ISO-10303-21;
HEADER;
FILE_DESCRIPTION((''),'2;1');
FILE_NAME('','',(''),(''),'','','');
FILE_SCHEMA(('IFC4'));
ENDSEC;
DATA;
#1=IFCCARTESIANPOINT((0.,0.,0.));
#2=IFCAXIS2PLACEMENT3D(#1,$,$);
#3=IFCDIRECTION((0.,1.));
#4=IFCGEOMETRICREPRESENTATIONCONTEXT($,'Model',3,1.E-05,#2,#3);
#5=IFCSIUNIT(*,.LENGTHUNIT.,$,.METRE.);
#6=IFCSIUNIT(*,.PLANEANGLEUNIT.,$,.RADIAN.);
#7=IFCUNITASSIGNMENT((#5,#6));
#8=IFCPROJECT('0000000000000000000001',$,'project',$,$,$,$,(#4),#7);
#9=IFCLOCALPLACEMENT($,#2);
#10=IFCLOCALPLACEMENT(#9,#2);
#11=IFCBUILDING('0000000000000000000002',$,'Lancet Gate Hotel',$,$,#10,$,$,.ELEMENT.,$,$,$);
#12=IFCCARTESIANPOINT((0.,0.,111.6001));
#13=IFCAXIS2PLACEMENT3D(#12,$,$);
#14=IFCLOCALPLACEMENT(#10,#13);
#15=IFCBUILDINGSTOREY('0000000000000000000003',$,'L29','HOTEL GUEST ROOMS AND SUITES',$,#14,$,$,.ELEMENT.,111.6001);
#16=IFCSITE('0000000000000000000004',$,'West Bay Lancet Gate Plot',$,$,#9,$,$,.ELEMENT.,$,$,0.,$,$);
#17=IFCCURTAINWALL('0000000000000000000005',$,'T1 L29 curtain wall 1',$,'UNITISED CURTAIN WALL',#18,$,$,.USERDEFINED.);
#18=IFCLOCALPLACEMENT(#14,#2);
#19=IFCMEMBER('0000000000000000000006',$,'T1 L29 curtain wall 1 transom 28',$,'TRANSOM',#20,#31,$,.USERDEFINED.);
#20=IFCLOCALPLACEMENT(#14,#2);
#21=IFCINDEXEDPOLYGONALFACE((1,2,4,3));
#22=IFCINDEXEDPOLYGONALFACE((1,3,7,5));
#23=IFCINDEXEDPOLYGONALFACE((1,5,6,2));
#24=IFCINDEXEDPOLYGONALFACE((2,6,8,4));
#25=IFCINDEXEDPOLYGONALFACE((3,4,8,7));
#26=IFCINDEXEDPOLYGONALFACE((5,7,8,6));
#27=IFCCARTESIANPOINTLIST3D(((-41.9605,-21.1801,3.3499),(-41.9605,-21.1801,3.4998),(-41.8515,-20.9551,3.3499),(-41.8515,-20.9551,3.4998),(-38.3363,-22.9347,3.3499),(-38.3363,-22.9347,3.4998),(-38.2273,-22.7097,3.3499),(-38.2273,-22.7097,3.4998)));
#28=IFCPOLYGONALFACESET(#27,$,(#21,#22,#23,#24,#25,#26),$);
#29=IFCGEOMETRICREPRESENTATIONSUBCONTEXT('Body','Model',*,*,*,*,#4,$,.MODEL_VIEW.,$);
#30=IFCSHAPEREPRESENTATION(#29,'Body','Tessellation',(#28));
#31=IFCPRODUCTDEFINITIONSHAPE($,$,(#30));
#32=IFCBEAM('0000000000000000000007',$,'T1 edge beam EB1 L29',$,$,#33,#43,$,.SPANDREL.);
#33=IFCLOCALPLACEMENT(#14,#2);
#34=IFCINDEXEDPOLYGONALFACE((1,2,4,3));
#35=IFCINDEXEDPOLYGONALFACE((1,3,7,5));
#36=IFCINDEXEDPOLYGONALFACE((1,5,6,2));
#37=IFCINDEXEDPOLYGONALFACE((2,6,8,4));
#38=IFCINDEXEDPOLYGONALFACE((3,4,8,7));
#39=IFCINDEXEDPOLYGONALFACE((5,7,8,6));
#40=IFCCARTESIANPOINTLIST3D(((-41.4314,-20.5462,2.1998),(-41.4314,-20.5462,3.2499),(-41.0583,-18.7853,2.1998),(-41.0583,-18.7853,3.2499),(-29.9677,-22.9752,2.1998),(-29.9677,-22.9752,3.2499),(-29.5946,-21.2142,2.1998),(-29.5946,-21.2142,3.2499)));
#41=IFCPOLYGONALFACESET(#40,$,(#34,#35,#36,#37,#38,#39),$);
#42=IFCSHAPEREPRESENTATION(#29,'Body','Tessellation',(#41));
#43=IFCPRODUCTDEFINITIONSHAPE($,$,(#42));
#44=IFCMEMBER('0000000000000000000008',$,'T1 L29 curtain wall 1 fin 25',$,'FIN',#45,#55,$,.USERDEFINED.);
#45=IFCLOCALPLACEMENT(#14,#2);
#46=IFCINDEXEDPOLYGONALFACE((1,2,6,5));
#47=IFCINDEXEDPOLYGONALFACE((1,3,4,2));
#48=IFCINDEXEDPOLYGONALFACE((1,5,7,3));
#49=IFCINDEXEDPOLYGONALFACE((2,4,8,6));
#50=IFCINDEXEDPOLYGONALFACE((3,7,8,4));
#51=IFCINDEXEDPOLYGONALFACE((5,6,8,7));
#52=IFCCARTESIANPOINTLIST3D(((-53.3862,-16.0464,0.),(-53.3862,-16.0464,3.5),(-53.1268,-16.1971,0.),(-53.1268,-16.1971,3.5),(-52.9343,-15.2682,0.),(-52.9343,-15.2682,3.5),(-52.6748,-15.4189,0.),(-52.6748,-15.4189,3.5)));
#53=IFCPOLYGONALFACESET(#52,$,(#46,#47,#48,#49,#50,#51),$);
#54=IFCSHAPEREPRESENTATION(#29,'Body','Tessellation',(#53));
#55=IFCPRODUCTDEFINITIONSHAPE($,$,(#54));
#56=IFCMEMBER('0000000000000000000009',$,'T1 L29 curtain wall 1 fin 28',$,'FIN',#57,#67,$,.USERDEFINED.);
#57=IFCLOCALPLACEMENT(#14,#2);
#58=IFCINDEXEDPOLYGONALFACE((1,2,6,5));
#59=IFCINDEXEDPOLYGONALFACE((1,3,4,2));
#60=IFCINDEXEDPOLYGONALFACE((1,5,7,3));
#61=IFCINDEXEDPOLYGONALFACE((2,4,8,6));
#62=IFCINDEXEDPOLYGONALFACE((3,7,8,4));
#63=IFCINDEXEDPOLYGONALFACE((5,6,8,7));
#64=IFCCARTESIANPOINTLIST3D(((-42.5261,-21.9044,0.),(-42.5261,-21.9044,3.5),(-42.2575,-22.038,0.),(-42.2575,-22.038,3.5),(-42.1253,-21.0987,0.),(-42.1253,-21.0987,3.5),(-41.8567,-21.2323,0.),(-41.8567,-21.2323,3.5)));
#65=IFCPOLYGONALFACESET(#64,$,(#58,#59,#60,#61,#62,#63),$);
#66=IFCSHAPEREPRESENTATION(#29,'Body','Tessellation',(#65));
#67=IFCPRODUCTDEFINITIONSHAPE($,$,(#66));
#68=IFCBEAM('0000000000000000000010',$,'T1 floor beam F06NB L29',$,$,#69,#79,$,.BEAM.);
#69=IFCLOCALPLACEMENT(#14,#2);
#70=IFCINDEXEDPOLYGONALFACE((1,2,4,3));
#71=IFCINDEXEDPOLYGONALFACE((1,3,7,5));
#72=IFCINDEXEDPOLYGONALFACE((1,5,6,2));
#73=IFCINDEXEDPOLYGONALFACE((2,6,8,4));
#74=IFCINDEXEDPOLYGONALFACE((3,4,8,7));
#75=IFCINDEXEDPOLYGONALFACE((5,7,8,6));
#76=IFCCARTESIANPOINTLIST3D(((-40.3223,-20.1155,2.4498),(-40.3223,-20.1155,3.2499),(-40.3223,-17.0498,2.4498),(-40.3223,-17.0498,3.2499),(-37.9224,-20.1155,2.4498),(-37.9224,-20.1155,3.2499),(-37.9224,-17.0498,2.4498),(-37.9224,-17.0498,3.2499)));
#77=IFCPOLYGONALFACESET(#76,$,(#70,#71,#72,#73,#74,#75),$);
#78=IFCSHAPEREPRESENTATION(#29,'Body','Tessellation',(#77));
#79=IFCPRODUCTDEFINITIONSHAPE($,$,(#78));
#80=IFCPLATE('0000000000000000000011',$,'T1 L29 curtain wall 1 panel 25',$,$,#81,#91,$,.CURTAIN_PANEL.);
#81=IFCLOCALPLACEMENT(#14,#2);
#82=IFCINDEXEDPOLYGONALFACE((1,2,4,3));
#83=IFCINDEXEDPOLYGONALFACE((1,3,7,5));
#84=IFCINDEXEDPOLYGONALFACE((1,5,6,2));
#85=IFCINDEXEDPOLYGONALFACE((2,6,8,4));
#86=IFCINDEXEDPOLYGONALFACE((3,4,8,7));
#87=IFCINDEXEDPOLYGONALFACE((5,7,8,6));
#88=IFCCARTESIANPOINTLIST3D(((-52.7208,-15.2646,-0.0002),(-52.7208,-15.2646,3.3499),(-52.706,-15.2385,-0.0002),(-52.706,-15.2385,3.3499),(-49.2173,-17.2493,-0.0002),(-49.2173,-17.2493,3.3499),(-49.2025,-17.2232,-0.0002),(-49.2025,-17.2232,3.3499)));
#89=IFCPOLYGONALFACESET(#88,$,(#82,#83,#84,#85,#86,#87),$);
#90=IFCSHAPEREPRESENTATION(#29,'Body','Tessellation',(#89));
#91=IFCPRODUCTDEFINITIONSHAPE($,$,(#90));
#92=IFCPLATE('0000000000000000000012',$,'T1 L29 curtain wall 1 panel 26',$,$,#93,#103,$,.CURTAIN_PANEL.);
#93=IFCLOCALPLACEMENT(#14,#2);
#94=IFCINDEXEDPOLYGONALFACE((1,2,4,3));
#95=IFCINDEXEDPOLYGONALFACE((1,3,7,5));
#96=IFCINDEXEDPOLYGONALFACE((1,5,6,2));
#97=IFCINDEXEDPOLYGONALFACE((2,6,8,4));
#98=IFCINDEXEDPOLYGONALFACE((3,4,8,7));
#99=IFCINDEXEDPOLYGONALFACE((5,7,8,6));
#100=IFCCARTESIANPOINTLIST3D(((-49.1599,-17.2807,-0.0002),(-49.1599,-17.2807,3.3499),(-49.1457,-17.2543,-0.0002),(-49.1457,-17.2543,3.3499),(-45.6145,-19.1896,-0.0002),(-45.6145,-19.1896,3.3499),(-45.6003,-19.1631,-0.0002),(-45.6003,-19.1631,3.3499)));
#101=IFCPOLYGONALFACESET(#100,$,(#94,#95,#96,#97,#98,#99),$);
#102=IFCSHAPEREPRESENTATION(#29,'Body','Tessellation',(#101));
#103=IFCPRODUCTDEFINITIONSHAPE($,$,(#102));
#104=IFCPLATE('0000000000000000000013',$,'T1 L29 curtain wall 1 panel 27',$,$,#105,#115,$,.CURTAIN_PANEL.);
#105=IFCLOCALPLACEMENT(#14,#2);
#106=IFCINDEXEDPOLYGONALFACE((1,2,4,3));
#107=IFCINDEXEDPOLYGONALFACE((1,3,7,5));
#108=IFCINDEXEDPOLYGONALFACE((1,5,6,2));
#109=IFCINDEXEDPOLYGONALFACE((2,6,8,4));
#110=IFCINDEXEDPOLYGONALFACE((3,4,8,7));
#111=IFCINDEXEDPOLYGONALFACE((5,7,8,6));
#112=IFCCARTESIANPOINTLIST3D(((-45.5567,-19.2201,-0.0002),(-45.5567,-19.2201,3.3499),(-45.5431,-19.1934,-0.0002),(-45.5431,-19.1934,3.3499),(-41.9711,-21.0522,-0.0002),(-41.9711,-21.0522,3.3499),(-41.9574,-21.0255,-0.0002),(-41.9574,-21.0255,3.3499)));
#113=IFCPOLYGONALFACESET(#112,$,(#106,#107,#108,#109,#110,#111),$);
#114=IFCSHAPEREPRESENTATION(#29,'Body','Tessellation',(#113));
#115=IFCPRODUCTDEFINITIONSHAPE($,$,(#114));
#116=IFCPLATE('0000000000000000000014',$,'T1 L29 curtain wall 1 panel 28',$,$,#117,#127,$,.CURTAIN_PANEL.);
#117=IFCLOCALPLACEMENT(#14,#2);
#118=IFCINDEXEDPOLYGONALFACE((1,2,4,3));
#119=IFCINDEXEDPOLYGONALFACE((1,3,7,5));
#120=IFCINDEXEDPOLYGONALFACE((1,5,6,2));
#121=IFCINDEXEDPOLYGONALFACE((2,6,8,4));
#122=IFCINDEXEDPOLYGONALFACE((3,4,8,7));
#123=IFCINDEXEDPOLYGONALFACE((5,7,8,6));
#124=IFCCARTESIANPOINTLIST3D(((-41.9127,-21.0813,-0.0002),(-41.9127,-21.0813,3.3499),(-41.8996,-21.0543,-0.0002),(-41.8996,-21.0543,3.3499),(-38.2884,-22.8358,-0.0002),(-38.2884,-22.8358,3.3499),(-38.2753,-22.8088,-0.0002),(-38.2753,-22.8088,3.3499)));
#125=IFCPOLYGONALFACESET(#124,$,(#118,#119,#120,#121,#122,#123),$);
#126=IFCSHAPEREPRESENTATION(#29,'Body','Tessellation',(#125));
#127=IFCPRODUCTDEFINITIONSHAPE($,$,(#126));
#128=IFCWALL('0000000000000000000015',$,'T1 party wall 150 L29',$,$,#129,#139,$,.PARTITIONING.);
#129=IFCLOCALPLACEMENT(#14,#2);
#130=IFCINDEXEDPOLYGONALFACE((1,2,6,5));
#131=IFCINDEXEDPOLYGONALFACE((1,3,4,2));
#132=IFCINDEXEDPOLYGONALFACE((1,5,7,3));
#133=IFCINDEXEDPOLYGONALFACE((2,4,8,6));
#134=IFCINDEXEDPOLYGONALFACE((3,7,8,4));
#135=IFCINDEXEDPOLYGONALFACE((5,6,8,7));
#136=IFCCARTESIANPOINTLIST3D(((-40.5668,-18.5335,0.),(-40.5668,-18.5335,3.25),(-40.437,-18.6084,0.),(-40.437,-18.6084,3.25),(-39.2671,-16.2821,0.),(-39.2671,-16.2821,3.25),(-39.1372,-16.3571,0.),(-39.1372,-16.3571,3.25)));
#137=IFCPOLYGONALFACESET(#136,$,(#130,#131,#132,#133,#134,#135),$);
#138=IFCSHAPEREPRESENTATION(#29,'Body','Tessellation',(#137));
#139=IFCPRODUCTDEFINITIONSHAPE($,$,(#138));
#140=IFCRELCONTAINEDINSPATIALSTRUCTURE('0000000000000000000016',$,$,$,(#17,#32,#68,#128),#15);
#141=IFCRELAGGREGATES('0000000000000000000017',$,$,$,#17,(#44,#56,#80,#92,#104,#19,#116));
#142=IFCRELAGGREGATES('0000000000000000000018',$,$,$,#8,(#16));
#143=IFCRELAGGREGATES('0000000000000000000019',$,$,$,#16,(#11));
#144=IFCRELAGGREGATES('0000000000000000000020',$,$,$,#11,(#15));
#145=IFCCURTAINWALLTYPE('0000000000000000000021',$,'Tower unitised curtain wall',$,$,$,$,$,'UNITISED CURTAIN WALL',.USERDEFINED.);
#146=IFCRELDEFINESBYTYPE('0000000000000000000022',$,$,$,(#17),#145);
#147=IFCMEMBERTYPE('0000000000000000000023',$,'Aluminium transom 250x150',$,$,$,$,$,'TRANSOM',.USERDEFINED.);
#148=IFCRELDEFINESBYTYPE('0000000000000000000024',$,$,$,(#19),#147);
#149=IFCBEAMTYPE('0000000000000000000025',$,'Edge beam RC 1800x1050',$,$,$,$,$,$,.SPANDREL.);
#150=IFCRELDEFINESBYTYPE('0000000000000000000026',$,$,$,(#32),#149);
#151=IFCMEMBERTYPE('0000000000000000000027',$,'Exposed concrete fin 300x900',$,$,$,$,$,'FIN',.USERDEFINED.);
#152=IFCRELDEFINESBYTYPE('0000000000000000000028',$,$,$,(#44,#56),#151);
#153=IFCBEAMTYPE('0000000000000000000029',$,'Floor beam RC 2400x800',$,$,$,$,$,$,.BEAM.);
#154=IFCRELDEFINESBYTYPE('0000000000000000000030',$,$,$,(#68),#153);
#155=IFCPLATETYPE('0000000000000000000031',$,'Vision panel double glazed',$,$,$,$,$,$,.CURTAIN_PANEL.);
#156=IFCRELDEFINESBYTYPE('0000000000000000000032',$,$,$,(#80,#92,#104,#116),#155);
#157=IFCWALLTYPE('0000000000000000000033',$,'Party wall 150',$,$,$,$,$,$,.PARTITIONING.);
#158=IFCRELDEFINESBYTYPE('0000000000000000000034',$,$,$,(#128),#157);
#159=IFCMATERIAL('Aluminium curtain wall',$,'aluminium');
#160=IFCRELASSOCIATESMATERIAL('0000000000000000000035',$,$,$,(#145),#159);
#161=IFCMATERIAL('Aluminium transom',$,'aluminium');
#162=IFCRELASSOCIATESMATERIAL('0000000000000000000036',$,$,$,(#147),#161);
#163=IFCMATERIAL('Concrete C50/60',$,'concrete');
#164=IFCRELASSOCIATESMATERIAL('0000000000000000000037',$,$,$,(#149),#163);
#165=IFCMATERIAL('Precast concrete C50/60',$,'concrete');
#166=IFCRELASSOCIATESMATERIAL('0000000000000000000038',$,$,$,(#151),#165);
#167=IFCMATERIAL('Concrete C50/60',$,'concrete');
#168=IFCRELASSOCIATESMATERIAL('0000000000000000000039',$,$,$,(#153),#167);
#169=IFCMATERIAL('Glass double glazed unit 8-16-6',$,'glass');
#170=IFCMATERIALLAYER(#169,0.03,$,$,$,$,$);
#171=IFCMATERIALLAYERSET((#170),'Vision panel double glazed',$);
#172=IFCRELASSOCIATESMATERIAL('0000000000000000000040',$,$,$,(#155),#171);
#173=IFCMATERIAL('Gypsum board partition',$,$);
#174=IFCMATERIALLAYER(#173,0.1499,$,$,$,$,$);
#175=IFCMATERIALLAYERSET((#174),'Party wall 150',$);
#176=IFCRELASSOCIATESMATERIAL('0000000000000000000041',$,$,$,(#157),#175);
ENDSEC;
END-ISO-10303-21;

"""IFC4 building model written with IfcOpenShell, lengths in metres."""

from ifc_helpers import new_model, si_unit, direction, frame, frame_2d, origin, origin_2d, place, context, subcontext, project, spatial, rectangle, extrude, material, layer, layer_set, material_profile, profile_set, type_object, element, aggregate, save


model = new_model("IFC4")

# Units and contexts
model_context = context("Model", 3, precision=1e-05, world=origin(), true_north=direction((0.0, 1.0)))
body_context = subcontext(model_context, "Body", "Model", "MODEL_VIEW")
ifc_project = project(units=[si_unit("LENGTHUNIT", "METRE"), si_unit("PLANEANGLEUNIT", "RADIAN")], contexts=[model_context])

# Site, building, storey
site_placement = place(None, origin())
site = spatial("IfcSite", under=ifc_project, at=site_placement, Name="West Bay Lancet Gate Plot", CompositionType="ELEMENT", RefElevation=0.0)
building_placement = place(site_placement, origin())
building = spatial("IfcBuilding", under=site, at=building_placement, Name="Lancet Gate Hotel", CompositionType="ELEMENT")
storey_placement = place(building_placement, frame((0.0, 0.0, 111.6001)))
storey = spatial("IfcBuildingStorey", under=building, at=storey_placement, Name="L29", Description="HOTEL GUEST ROOMS AND SUITES", CompositionType="ELEMENT", Elevation=111.6001)

# Curtain wall, member
ifc_material_1 = material(Name="Aluminium curtain wall", Category="aluminium")
curtain_wall_type = type_object("IfcCurtainWallType", Name="Tower unitised curtain wall", ElementType="UNITISED CURTAIN WALL", PredefinedType="USERDEFINED", material=ifc_material_1)
curtain_wall_placement = place(storey_placement, origin())
curtain_wall = element("IfcCurtainWall", 1, at=curtain_wall_placement, inside=storey, type_object=curtain_wall_type, Name="T1 L29 curtain wall 1", ObjectType="UNITISED CURTAIN WALL", PredefinedType="USERDEFINED")
ifc_material_2 = material(Name="Aluminium transom", Category="aluminium")
ifc_material_profile_1 = material_profile(ifc_material_2, rectangle(XDim=0.25, YDim=0.1499, at=origin_2d()), Name="TRANSOM 250x150")
ifc_profile_set_1 = profile_set([ifc_material_profile_1], Name="Aluminium transom")
member_type_1 = type_object("IfcMemberType", Name="Aluminium transom 250x150", ElementType="TRANSOM", PredefinedType="USERDEFINED", material=ifc_profile_set_1)
member_1_placement = place(storey_placement, frame((-41.906, -21.0676, 3.4248), z_axis=(0.900066, -0.435754, 0.0), x_axis=(0.435754, 0.900066, 0.0)))
member_1 = element("IfcMember", 2, at=member_1_placement, type_object=member_type_1, Name="T1 L29 curtain wall 1 transom 28", ObjectType="TRANSOM", PredefinedType="USERDEFINED", context=body_context, shape_type="SweptSolid", body=[
    extrude(rectangle(XDim=0.25, YDim=0.1499, at=origin_2d()), origin(), (0.0, 0.0, 1.0), 4.0266),
])

# Beam
ifc_material_3 = material(Name="Concrete C50/60", Category="concrete")
ifc_material_profile_2 = material_profile(ifc_material_3, rectangle(XDim=1.8, YDim=1.05, at=origin_2d()), Name="RC 1800x1050")
ifc_profile_set_2 = profile_set([ifc_material_profile_2], Name="Concrete C50/60")
beam_type_1 = type_object("IfcBeamType", Name="Edge beam RC 1800x1050", PredefinedType="SPANDREL", material=ifc_profile_set_2)
beam_1_placement = place(storey_placement, frame((-41.2449, -19.6658, 2.7249), z_axis=(0.978282, -0.207278, 0.0), x_axis=(0.207278, 0.978282, 0.0)))
element("IfcBeam", 3, at=beam_1_placement, inside=storey, type_object=beam_type_1, Name="T1 edge beam EB1 L29", PredefinedType="SPANDREL", context=body_context, shape_type="SweptSolid", body=[
    extrude(rectangle(XDim=1.8, YDim=1.05, at=origin_2d()), origin(), (0.0, 0.0, 1.0), 11.7183),
])

# Members
ifc_material_4 = material(Name="Precast concrete C50/60", Category="concrete")
ifc_material_profile_3 = material_profile(ifc_material_4, rectangle(XDim=0.3, YDim=0.8999, at=origin_2d()), Name="FIN 300x900")
ifc_profile_set_3 = profile_set([ifc_material_profile_3], Name="Precast concrete C50/60")
member_type_2 = type_object("IfcMemberType", Name="Exposed concrete fin 300x900", ElementType="FIN", PredefinedType="USERDEFINED", material=ifc_profile_set_3)
member_2_placement = place(storey_placement, frame((-53.0305, -15.7327, 0.0), z_axis=(0.0, 0.0, 1.0), x_axis=(0.864728, -0.502241, 0.0)))
member_2 = element("IfcMember", 4, at=member_2_placement, type_object=member_type_2, Name="T1 L29 curtain wall 1 fin 25", ObjectType="FIN", PredefinedType="USERDEFINED", context=body_context, shape_type="SweptSolid", body=[
    extrude(rectangle(XDim=0.3, YDim=0.8999, at=origin_2d()), origin(), (0.0, 0.0, 1.0), 3.5),
])
member_3_placement = place(storey_placement, frame((-42.1914, -21.5684, 0.0), z_axis=(0.0, 0.0, 1.0), x_axis=(0.895339, -0.445384, 0.0)))
member_3 = element("IfcMember", 5, at=member_3_placement, type_object=member_type_2, Name="T1 L29 curtain wall 1 fin 28", ObjectType="FIN", PredefinedType="USERDEFINED", context=body_context, shape_type="SweptSolid", body=[
    extrude(rectangle(XDim=0.3, YDim=0.8999, at=origin_2d()), origin(), (0.0, 0.0, 1.0), 3.5),
])

# Beam
ifc_material_5 = material(Name="Concrete C50/60", Category="concrete")
ifc_material_profile_4 = material_profile(ifc_material_5, rectangle(XDim=2.3999, YDim=0.8, at=origin_2d()), Name="RC 2400x800")
ifc_profile_set_4 = profile_set([ifc_material_profile_4], Name="Concrete C50/60")
beam_type_2 = type_object("IfcBeamType", Name="Floor beam RC 2400x800", PredefinedType="BEAM", material=ifc_profile_set_4)
beam_2_placement = place(storey_placement, frame((-39.1223, -17.0498, 2.8499), z_axis=(0.0, -1.0, 0.0), x_axis=(1.0, 0.0, 0.0)))
element("IfcBeam", 6, at=beam_2_placement, inside=storey, type_object=beam_type_2, Name="T1 floor beam F06NB L29", PredefinedType="BEAM", context=body_context, shape_type="SweptSolid", body=[
    extrude(rectangle(XDim=2.3999, YDim=0.8, at=origin_2d()), origin(), (0.0, 0.0, 1.0), 3.0657),
])

# Plates
ifc_material_6 = material(Name="Glass double glazed unit 8-16-6", Category="glass")
ifc_layer_1 = layer(ifc_material_6, 0.03)
ifc_layer_set_1 = layer_set([ifc_layer_1], Name="Vision panel double glazed")
plate_type = type_object("IfcPlateType", Name="Vision panel double glazed", PredefinedType="CURTAIN_PANEL", material=ifc_layer_set_1)
plate_1_placement = place(storey_placement, frame((-50.9617, -16.2439, -0.0002), z_axis=(0.0, 0.0, 1.0), x_axis=(0.870084, -0.492904, 0.0)))
plate_1 = element("IfcPlate", 7, at=plate_1_placement, type_object=plate_type, Name="T1 L29 curtain wall 1 panel 25", PredefinedType="CURTAIN_PANEL", context=body_context, shape_type="SweptSolid", body=[
    extrude(rectangle(XDim=4.0266, YDim=0.03, at=origin_2d()), origin(), (0.0, 0.0, 1.0), 3.3501),
])
plate_2_placement = place(storey_placement, frame((-47.3801, -18.2219, -0.0002), z_axis=(0.0, 0.0, 1.0), x_axis=(0.880493, -0.47406, 0.0)))
plate_2 = element("IfcPlate", 8, at=plate_2_placement, type_object=plate_type, Name="T1 L29 curtain wall 1 panel 26", PredefinedType="CURTAIN_PANEL", context=body_context, shape_type="SweptSolid", body=[
    extrude(rectangle(XDim=4.0266, YDim=0.03, at=origin_2d()), origin(), (0.0, 0.0, 1.0), 3.3501),
])
plate_3_placement = place(storey_placement, frame((-43.7571, -20.1228, -0.0002), z_axis=(0.0, 0.0, 1.0), x_axis=(0.890493, -0.454996, 0.0)))
plate_3 = element("IfcPlate", 9, at=plate_3_placement, type_object=plate_type, Name="T1 L29 curtain wall 1 panel 27", PredefinedType="CURTAIN_PANEL", context=body_context, shape_type="SweptSolid", body=[
    extrude(rectangle(XDim=4.0266, YDim=0.03, at=origin_2d()), origin(), (0.0, 0.0, 1.0), 3.3501),
])
plate_4_placement = place(storey_placement, frame((-40.094, -21.9451, -0.0002), z_axis=(0.0, 0.0, 1.0), x_axis=(0.900082, -0.435721, 0.0)))
plate_4 = element("IfcPlate", 10, at=plate_4_placement, type_object=plate_type, Name="T1 L29 curtain wall 1 panel 28", PredefinedType="CURTAIN_PANEL", context=body_context, shape_type="SweptSolid", body=[
    extrude(rectangle(XDim=4.0266, YDim=0.03, at=origin_2d()), origin(), (0.0, 0.0, 1.0), 3.3501),
])
aggregate(curtain_wall, [member_2, member_3, plate_1, plate_2, plate_3, member_1, plate_4])

# Wall
ifc_material_7 = material(Name="Gypsum board partition")
ifc_layer_2 = layer(ifc_material_7, 0.1499)
ifc_layer_set_2 = layer_set([ifc_layer_2], Name="Party wall 150")
wall_type = type_object("IfcWallType", Name="Party wall 150", PredefinedType="PARTITIONING", material=ifc_layer_set_2)
wall_placement = place(storey_placement, frame((-39.2021, -16.3196, 0.0), z_axis=(0.0, 0.0, 1.0), x_axis=(-0.499977, -0.866039, 0.0)))
element("IfcWall", 11, at=wall_placement, inside=storey, type_object=wall_type, Name="T1 party wall 150 L29", PredefinedType="PARTITIONING", context=body_context, shape_type="SweptSolid", body=[
    extrude(rectangle(XDim=2.5996, YDim=0.1499, at=frame_2d((1.2998, 0.0))), origin(), (0.0, 0.0, 1.0), 3.25),
])

save(model, "model.ifc")
